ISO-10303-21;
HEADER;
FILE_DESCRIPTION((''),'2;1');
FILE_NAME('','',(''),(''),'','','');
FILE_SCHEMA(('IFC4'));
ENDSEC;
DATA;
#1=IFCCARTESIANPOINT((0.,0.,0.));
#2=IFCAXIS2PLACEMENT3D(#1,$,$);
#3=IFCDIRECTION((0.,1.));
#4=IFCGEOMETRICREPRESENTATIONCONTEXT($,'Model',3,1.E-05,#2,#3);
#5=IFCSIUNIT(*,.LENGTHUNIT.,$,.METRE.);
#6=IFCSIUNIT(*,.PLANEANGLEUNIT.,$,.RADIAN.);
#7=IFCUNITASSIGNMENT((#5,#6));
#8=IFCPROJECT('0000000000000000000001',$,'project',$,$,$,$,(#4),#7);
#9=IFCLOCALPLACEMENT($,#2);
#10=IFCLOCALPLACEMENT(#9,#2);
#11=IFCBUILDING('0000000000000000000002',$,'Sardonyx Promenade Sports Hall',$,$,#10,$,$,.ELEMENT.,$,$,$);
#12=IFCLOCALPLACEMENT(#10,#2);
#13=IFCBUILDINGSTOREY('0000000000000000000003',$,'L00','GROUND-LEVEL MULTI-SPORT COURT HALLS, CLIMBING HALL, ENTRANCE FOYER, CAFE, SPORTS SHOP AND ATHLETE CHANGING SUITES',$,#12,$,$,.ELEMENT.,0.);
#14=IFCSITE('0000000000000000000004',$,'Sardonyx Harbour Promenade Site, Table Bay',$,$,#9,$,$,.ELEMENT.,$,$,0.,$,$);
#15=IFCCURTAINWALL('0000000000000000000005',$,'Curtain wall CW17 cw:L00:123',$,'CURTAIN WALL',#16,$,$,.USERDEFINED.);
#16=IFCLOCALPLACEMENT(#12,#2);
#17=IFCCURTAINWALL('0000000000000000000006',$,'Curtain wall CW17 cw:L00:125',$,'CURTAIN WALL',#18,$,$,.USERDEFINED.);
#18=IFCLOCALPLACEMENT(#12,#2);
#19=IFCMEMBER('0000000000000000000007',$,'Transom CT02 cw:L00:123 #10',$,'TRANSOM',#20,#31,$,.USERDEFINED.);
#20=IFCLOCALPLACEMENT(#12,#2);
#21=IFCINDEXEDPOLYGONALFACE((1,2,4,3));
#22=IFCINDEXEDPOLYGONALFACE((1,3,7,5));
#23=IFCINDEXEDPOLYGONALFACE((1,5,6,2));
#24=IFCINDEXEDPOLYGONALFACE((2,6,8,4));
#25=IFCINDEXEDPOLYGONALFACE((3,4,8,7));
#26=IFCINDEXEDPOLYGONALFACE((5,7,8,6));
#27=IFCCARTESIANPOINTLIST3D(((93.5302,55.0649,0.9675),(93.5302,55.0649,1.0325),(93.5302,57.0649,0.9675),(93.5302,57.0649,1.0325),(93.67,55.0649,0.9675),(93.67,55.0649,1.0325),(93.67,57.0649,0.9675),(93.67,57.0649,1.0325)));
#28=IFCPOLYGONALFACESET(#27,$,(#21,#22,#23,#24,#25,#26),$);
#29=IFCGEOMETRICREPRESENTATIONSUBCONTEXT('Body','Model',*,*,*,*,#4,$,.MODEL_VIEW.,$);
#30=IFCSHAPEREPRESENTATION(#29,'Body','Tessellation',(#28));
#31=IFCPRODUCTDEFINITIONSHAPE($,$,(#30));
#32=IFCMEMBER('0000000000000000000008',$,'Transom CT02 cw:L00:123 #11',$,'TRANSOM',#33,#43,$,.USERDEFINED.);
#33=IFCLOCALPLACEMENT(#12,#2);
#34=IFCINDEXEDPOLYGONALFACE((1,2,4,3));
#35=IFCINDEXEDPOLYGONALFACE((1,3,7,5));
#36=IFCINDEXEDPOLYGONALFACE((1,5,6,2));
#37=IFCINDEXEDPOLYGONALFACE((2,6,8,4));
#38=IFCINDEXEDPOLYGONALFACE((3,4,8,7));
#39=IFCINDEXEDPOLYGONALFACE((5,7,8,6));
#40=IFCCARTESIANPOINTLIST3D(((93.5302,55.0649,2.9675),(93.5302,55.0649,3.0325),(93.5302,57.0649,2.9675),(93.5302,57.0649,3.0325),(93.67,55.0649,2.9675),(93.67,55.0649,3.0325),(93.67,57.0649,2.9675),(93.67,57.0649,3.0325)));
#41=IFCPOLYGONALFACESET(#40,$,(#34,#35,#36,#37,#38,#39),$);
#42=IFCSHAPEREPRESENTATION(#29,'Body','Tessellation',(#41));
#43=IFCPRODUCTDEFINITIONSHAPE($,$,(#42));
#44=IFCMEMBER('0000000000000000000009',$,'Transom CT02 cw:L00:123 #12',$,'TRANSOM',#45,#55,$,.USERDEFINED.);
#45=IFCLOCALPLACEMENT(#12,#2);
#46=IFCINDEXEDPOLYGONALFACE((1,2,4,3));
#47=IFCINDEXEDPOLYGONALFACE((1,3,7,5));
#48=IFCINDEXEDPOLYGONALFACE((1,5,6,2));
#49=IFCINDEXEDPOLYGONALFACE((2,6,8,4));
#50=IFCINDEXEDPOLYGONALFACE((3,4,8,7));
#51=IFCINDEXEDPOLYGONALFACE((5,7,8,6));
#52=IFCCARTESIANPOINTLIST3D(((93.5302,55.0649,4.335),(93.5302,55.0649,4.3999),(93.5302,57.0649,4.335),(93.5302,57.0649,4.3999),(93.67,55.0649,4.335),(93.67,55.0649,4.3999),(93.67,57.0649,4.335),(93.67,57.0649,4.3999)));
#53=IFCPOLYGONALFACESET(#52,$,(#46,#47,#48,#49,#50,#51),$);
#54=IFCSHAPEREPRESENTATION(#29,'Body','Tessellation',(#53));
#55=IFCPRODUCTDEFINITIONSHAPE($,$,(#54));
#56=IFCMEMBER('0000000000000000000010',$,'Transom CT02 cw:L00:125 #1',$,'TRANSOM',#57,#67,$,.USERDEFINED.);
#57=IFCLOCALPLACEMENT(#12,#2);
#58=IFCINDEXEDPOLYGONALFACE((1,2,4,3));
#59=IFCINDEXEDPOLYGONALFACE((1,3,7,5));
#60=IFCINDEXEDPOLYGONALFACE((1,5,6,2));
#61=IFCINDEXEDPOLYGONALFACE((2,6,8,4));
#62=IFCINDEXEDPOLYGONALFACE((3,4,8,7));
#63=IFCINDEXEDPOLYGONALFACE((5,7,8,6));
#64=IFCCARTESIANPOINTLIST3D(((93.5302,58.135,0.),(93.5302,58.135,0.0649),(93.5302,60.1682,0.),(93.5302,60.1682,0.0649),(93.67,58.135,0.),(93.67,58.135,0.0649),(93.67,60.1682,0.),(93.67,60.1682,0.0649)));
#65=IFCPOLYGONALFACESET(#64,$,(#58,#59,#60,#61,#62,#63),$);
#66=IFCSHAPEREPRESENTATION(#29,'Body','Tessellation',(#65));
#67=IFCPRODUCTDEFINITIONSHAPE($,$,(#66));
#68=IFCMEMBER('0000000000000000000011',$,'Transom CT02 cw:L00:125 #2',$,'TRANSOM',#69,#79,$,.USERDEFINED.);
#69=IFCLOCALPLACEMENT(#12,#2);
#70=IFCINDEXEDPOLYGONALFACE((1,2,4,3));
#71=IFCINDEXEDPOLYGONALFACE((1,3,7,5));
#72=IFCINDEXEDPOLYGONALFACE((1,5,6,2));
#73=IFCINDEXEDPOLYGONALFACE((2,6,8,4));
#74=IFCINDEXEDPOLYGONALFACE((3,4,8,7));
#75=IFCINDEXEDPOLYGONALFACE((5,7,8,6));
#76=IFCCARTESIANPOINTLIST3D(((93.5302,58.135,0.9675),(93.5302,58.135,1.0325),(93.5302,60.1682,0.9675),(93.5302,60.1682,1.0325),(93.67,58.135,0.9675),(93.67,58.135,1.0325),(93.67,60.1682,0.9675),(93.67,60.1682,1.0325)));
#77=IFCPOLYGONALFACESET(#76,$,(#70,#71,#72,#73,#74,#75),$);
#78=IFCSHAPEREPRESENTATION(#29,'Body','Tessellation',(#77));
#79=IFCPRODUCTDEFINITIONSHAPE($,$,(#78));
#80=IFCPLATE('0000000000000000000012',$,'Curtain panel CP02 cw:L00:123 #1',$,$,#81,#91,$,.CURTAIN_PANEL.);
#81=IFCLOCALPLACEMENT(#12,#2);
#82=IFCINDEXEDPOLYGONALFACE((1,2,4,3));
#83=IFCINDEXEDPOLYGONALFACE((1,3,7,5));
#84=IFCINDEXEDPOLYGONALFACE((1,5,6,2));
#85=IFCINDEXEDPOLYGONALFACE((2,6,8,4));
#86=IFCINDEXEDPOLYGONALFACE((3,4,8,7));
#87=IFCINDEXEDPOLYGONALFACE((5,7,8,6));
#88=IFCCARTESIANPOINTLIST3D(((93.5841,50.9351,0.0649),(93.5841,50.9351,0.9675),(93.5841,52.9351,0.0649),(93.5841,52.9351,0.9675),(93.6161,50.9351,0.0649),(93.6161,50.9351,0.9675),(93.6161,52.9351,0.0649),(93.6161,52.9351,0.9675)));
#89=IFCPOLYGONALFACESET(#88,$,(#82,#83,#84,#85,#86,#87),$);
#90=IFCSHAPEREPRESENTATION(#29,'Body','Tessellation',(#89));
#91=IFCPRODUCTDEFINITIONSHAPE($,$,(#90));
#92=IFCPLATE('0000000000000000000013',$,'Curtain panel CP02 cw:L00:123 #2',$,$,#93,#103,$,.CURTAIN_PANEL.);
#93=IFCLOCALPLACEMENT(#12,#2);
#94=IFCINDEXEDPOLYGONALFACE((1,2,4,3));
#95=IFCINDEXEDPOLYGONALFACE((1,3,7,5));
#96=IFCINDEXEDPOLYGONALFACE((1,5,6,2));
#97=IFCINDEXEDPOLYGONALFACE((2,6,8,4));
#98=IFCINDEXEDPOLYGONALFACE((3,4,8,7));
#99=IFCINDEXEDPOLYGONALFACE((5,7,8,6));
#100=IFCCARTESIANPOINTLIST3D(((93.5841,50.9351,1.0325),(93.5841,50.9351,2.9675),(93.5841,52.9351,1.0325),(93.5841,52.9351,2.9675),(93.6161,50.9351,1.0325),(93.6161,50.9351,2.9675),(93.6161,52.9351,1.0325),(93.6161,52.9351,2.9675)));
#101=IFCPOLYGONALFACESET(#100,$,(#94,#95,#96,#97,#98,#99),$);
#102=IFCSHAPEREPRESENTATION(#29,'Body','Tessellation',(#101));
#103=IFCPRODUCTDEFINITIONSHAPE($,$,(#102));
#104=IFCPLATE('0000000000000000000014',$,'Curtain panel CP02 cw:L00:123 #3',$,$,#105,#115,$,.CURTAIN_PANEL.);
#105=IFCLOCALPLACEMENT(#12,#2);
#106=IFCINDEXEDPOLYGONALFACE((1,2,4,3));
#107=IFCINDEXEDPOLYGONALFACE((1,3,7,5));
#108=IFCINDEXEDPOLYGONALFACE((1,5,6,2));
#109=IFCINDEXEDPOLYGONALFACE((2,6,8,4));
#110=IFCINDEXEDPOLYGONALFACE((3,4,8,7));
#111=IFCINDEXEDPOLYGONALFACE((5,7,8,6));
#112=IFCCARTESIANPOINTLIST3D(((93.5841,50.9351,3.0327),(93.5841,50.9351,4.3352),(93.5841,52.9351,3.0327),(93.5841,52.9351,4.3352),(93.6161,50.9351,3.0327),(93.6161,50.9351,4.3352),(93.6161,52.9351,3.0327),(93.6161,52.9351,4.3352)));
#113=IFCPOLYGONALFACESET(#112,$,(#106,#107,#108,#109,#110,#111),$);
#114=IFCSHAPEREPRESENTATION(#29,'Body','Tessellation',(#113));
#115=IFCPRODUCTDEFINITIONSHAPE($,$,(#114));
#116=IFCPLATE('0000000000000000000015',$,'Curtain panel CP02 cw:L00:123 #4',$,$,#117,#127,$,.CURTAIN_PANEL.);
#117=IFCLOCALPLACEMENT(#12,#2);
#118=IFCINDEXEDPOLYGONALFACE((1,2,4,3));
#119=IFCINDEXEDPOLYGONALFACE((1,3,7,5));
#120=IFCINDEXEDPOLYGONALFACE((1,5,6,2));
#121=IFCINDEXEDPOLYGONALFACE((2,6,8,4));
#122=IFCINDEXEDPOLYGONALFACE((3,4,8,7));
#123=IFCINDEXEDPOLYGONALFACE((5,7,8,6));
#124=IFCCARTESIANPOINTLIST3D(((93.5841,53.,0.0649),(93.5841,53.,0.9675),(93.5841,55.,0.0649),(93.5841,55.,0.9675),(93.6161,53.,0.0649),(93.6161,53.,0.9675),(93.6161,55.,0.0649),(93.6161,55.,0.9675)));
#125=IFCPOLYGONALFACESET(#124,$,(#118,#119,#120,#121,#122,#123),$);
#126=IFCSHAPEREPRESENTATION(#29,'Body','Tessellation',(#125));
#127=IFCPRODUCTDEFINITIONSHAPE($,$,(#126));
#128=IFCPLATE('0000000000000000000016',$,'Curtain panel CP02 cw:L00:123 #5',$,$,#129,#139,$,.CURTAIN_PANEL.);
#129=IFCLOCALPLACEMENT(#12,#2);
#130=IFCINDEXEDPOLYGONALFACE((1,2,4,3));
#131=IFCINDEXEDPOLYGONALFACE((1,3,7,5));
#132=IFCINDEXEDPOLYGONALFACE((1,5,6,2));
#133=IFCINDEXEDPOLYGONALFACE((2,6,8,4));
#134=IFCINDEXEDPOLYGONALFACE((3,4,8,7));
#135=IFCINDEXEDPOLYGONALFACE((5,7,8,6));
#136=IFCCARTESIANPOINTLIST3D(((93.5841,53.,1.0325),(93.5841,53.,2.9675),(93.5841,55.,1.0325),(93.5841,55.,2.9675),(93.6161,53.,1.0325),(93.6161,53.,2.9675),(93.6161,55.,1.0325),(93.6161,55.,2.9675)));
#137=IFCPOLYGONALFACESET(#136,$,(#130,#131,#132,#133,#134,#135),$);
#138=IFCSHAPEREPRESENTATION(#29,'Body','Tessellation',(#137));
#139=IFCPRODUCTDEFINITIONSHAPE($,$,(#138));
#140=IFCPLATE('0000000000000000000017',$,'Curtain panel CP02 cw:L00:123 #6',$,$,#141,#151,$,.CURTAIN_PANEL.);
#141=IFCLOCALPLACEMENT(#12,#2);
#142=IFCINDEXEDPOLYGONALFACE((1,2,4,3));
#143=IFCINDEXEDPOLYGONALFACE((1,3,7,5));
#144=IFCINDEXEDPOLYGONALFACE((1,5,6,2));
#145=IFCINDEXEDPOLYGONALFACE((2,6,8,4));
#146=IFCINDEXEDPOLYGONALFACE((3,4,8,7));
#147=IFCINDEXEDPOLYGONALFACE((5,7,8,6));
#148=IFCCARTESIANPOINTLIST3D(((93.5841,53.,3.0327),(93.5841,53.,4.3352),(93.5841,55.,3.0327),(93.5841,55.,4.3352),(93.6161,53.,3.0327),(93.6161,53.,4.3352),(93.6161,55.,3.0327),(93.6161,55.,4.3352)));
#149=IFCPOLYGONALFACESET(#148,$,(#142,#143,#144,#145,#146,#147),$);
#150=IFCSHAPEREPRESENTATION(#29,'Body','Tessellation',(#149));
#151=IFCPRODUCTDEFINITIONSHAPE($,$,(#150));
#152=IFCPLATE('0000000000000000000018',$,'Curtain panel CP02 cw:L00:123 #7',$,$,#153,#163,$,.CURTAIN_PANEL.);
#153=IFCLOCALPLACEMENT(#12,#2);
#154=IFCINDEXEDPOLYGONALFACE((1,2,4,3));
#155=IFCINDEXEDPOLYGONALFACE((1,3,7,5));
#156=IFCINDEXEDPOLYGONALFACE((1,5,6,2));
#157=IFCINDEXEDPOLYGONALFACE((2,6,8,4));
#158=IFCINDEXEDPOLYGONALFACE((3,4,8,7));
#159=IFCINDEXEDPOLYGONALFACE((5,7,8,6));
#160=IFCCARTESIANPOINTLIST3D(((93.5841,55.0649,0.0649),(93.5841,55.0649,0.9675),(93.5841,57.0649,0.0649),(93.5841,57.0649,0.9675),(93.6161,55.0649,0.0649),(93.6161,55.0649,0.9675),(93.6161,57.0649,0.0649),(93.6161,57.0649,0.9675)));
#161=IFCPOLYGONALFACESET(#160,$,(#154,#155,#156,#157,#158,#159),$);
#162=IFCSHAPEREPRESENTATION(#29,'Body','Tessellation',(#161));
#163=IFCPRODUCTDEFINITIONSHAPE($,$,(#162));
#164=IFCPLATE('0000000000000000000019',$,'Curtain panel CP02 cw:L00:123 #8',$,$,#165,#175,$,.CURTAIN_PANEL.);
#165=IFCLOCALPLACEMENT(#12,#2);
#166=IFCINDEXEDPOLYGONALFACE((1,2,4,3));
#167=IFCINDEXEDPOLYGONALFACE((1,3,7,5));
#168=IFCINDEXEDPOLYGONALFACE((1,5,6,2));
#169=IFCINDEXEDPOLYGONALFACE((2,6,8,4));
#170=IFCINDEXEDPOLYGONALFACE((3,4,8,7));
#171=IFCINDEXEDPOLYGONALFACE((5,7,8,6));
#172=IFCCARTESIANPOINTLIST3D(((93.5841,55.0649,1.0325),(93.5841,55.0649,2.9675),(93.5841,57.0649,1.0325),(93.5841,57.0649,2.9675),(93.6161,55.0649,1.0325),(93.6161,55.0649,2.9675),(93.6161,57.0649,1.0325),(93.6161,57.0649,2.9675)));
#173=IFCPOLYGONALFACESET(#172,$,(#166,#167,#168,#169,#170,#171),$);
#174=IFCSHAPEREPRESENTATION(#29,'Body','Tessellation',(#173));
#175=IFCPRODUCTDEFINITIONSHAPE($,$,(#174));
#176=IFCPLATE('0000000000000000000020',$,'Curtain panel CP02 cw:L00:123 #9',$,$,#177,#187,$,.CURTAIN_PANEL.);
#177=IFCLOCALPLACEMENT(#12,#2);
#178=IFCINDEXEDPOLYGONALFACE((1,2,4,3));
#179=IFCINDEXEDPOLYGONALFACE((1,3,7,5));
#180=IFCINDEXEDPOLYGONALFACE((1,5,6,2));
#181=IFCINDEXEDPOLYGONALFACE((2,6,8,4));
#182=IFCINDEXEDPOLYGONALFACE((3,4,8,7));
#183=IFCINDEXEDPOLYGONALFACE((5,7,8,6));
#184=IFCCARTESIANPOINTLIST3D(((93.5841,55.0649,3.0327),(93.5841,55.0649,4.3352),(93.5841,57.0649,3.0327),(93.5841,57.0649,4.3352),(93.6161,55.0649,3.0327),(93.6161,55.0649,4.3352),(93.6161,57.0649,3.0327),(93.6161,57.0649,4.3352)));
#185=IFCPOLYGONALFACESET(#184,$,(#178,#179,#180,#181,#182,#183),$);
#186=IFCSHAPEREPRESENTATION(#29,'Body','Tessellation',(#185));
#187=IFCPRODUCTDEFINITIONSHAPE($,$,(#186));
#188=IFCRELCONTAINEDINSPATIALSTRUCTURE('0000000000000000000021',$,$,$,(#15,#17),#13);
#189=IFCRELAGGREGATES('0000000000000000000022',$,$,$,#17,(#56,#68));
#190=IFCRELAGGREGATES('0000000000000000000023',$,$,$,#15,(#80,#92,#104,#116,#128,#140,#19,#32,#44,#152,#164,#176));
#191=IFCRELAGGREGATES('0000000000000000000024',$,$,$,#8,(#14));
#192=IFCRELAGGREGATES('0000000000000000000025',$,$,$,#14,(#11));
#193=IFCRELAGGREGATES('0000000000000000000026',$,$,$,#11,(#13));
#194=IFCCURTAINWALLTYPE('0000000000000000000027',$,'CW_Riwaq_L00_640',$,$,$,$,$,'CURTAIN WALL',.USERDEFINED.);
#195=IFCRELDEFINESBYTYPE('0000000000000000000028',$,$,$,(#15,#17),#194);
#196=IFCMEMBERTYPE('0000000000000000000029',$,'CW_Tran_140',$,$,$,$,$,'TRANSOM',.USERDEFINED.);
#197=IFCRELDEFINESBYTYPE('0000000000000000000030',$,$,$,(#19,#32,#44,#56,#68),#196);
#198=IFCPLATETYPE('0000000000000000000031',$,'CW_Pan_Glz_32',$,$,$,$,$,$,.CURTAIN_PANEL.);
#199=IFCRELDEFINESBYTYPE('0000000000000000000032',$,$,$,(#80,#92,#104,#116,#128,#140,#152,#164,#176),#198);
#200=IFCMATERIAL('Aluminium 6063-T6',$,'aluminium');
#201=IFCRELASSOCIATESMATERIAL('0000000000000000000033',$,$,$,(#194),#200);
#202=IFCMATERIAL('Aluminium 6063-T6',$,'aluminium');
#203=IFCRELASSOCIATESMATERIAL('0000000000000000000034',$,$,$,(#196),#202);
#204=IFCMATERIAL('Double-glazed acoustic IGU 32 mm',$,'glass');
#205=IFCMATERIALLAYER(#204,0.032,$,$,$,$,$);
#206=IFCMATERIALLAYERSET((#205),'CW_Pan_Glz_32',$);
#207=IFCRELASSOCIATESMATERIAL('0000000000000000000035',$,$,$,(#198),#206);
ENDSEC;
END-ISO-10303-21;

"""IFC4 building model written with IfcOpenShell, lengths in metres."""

from ifc_helpers import new_model, si_unit, direction, frame, origin, origin_2d, place, context, subcontext, project, spatial, rectangle, extrude, material, layer, layer_set, material_profile, profile_set, type_object, element, aggregate, save


model = new_model("IFC4")

# Units and contexts
model_context = context("Model", 3, precision=1e-05, world=origin(), true_north=direction((0.0, 1.0)))
body_context = subcontext(model_context, "Body", "Model", "MODEL_VIEW")
ifc_project = project(units=[si_unit("LENGTHUNIT", "METRE"), si_unit("PLANEANGLEUNIT", "RADIAN")], contexts=[model_context])

# Site, building, storey
site_placement = place(None, origin())
site = spatial("IfcSite", under=ifc_project, at=site_placement, Name="Sardonyx Harbour Promenade Site, Table Bay", CompositionType="ELEMENT", RefElevation=0.0)
building_placement = place(site_placement, origin())
building = spatial("IfcBuilding", under=site, at=building_placement, Name="Sardonyx Promenade Sports Hall", CompositionType="ELEMENT")
storey_placement = place(building_placement, origin())
storey = spatial("IfcBuildingStorey", under=building, at=storey_placement, Name="L00", Description="GROUND-LEVEL MULTI-SPORT COURT HALLS, CLIMBING HALL, ENTRANCE FOYER, CAFE, SPORTS SHOP AND ATHLETE CHANGING SUITES", CompositionType="ELEMENT", Elevation=0.0)

# Curtain wall
ifc_material_1 = material(Name="Aluminium 6063-T6", Category="aluminium")
curtain_wall_type = type_object("IfcCurtainWallType", Name="CW_Riwaq_L00_640", ElementType="CURTAIN WALL", PredefinedType="USERDEFINED", material=ifc_material_1)
curtain_wall_1_placement = place(storey_placement, origin())
curtain_wall_1 = element("IfcCurtainWall", 1, at=curtain_wall_1_placement, inside=storey, type_object=curtain_wall_type, Name="Curtain wall CW17 cw:L00:123", ObjectType="CURTAIN WALL", PredefinedType="USERDEFINED")

# Curtain wall
curtain_wall_2_placement = place(storey_placement, origin())
curtain_wall_2 = element("IfcCurtainWall", 2, at=curtain_wall_2_placement, inside=storey, type_object=curtain_wall_type, Name="Curtain wall CW17 cw:L00:125", ObjectType="CURTAIN WALL", PredefinedType="USERDEFINED")

# Members
ifc_material_2 = material(Name="Aluminium 6063-T6", Category="aluminium")
ifc_material_profile_1 = material_profile(ifc_material_2, rectangle(XDim=0.0649, YDim=0.1399, at=origin_2d()))
ifc_profile_set_1 = profile_set([ifc_material_profile_1], Name="Aluminium 6063-T6")
member_type_1 = type_object("IfcMemberType", Name="CW_Tran_140", ElementType="TRANSOM", PredefinedType="USERDEFINED", material=ifc_profile_set_1)
member_1_placement = place(storey_placement, frame((93.6001, 55.0649, 1.0), z_axis=(0.0, 1.0, 0.0), x_axis=(0.0, 0.0, 1.0)))
member_1 = element("IfcMember", 3, at=member_1_placement, type_object=member_type_1, Name="Transom CT02 cw:L00:123 #10", ObjectType="TRANSOM", PredefinedType="USERDEFINED", context=body_context, shape_type="SweptSolid", body=[
    extrude(rectangle(XDim=0.0649, YDim=0.1399, at=origin_2d()), origin(), (0.0, 0.0, 1.0), 2.0),
])
member_2_placement = place(storey_placement, frame((93.6001, 55.0649, 3.0), z_axis=(0.0, 1.0, 0.0), x_axis=(0.0, 0.0, 1.0)))
member_2 = element("IfcMember", 4, at=member_2_placement, type_object=member_type_1, Name="Transom CT02 cw:L00:123 #11", ObjectType="TRANSOM", PredefinedType="USERDEFINED", context=body_context, shape_type="SweptSolid", body=[
    extrude(rectangle(XDim=0.0649, YDim=0.1399, at=origin_2d()), origin(), (0.0, 0.0, 1.0), 2.0),
])
member_3_placement = place(storey_placement, frame((93.6001, 55.0649, 4.3674), z_axis=(0.0, 1.0, 0.0), x_axis=(0.0, 0.0, 1.0)))
member_3 = element("IfcMember", 5, at=member_3_placement, type_object=member_type_1, Name="Transom CT02 cw:L00:123 #12", ObjectType="TRANSOM", PredefinedType="USERDEFINED", context=body_context, shape_type="SweptSolid", body=[
    extrude(rectangle(XDim=0.0649, YDim=0.1399, at=origin_2d()), origin(), (0.0, 0.0, 1.0), 2.0),
])
member_4_placement = place(storey_placement, frame((93.6001, 58.135, 0.0325), z_axis=(0.0, 1.0, 0.0), x_axis=(0.0, 0.0, 1.0)))
member_4 = element("IfcMember", 6, at=member_4_placement, type_object=member_type_1, Name="Transom CT02 cw:L00:125 #1", ObjectType="TRANSOM", PredefinedType="USERDEFINED", context=body_context, shape_type="SweptSolid", body=[
    extrude(rectangle(XDim=0.0649, YDim=0.1399, at=origin_2d()), origin(), (0.0, 0.0, 1.0), 2.0332),
])
member_5_placement = place(storey_placement, frame((93.6001, 58.135, 1.0), z_axis=(0.0, 1.0, 0.0), x_axis=(0.0, 0.0, 1.0)))
member_5 = element("IfcMember", 7, at=member_5_placement, type_object=member_type_1, Name="Transom CT02 cw:L00:125 #2", ObjectType="TRANSOM", PredefinedType="USERDEFINED", context=body_context, shape_type="SweptSolid", body=[
    extrude(rectangle(XDim=0.0649, YDim=0.1399, at=origin_2d()), origin(), (0.0, 0.0, 1.0), 2.0332),
])
aggregate(curtain_wall_2, [member_4, member_5])

# Plates
ifc_material_3 = material(Name="Double-glazed acoustic IGU 32 mm", Category="glass")
ifc_layer = layer(ifc_material_3, 0.032)
ifc_layer_set = layer_set([ifc_layer], Name="CW_Pan_Glz_32")
plate_type = type_object("IfcPlateType", Name="CW_Pan_Glz_32", PredefinedType="CURTAIN_PANEL", material=ifc_layer_set)
plate_1_placement = place(storey_placement, frame((93.6001, 51.9351, 0.0649), z_axis=(0.0, 0.0, 1.0), x_axis=(0.0, 1.0, 0.0)))
plate_1 = element("IfcPlate", 8, at=plate_1_placement, type_object=plate_type, Name="Curtain panel CP02 cw:L00:123 #1", PredefinedType="CURTAIN_PANEL", context=body_context, shape_type="SweptSolid", body=[
    extrude(rectangle(XDim=2.0, YDim=0.032, at=origin_2d()), origin(), (0.0, 0.0, 1.0), 0.9026),
])
plate_2_placement = place(storey_placement, frame((93.6001, 51.9351, 1.0325), z_axis=(0.0, 0.0, 1.0), x_axis=(0.0, 1.0, 0.0)))
plate_2 = element("IfcPlate", 9, at=plate_2_placement, type_object=plate_type, Name="Curtain panel CP02 cw:L00:123 #2", PredefinedType="CURTAIN_PANEL", context=body_context, shape_type="SweptSolid", body=[
    extrude(rectangle(XDim=2.0, YDim=0.032, at=origin_2d()), origin(), (0.0, 0.0, 1.0), 1.9351),
])
plate_3_placement = place(storey_placement, frame((93.6001, 51.9351, 3.0327), z_axis=(0.0, 0.0, 1.0), x_axis=(0.0, 1.0, 0.0)))
plate_3 = element("IfcPlate", 10, at=plate_3_placement, type_object=plate_type, Name="Curtain panel CP02 cw:L00:123 #3", PredefinedType="CURTAIN_PANEL", context=body_context, shape_type="SweptSolid", body=[
    extrude(rectangle(XDim=2.0, YDim=0.032, at=origin_2d()), origin(), (0.0, 0.0, 1.0), 1.3025),
])
plate_4_placement = place(storey_placement, frame((93.6001, 54.0, 0.0649), z_axis=(0.0, 0.0, 1.0), x_axis=(0.0, 1.0, 0.0)))
plate_4 = element("IfcPlate", 11, at=plate_4_placement, type_object=plate_type, Name="Curtain panel CP02 cw:L00:123 #4", PredefinedType="CURTAIN_PANEL", context=body_context, shape_type="SweptSolid", body=[
    extrude(rectangle(XDim=2.0, YDim=0.032, at=origin_2d()), origin(), (0.0, 0.0, 1.0), 0.9026),
])
plate_5_placement = place(storey_placement, frame((93.6001, 54.0, 1.0325), z_axis=(0.0, 0.0, 1.0), x_axis=(0.0, 1.0, 0.0)))
plate_5 = element("IfcPlate", 12, at=plate_5_placement, type_object=plate_type, Name="Curtain panel CP02 cw:L00:123 #5", PredefinedType="CURTAIN_PANEL", context=body_context, shape_type="SweptSolid", body=[
    extrude(rectangle(XDim=2.0, YDim=0.032, at=origin_2d()), origin(), (0.0, 0.0, 1.0), 1.9351),
])
plate_6_placement = place(storey_placement, frame((93.6001, 54.0, 3.0327), z_axis=(0.0, 0.0, 1.0), x_axis=(0.0, 1.0, 0.0)))
plate_6 = element("IfcPlate", 13, at=plate_6_placement, type_object=plate_type, Name="Curtain panel CP02 cw:L00:123 #6", PredefinedType="CURTAIN_PANEL", context=body_context, shape_type="SweptSolid", body=[
    extrude(rectangle(XDim=2.0, YDim=0.032, at=origin_2d()), origin(), (0.0, 0.0, 1.0), 1.3025),
])
plate_7_placement = place(storey_placement, frame((93.6001, 56.0649, 0.0649), z_axis=(0.0, 0.0, 1.0), x_axis=(0.0, 1.0, 0.0)))
plate_7 = element("IfcPlate", 14, at=plate_7_placement, type_object=plate_type, Name="Curtain panel CP02 cw:L00:123 #7", PredefinedType="CURTAIN_PANEL", context=body_context, shape_type="SweptSolid", body=[
    extrude(rectangle(XDim=2.0, YDim=0.032, at=origin_2d()), origin(), (0.0, 0.0, 1.0), 0.9026),
])
plate_8_placement = place(storey_placement, frame((93.6001, 56.0649, 1.0325), z_axis=(0.0, 0.0, 1.0), x_axis=(0.0, 1.0, 0.0)))
plate_8 = element("IfcPlate", 15, at=plate_8_placement, type_object=plate_type, Name="Curtain panel CP02 cw:L00:123 #8", PredefinedType="CURTAIN_PANEL", context=body_context, shape_type="SweptSolid", body=[
    extrude(rectangle(XDim=2.0, YDim=0.032, at=origin_2d()), origin(), (0.0, 0.0, 1.0), 1.9351),
])
plate_9_placement = place(storey_placement, frame((93.6001, 56.0649, 3.0327), z_axis=(0.0, 0.0, 1.0), x_axis=(0.0, 1.0, 0.0)))
plate_9 = element("IfcPlate", 16, at=plate_9_placement, type_object=plate_type, Name="Curtain panel CP02 cw:L00:123 #9", PredefinedType="CURTAIN_PANEL", context=body_context, shape_type="SweptSolid", body=[
    extrude(rectangle(XDim=2.0, YDim=0.032, at=origin_2d()), origin(), (0.0, 0.0, 1.0), 1.3025),
])
aggregate(curtain_wall_1, [plate_1, plate_2, plate_3, plate_4, plate_5, plate_6, member_1, member_2, member_3, plate_7, plate_8, plate_9])

save(model, "model.ifc")
